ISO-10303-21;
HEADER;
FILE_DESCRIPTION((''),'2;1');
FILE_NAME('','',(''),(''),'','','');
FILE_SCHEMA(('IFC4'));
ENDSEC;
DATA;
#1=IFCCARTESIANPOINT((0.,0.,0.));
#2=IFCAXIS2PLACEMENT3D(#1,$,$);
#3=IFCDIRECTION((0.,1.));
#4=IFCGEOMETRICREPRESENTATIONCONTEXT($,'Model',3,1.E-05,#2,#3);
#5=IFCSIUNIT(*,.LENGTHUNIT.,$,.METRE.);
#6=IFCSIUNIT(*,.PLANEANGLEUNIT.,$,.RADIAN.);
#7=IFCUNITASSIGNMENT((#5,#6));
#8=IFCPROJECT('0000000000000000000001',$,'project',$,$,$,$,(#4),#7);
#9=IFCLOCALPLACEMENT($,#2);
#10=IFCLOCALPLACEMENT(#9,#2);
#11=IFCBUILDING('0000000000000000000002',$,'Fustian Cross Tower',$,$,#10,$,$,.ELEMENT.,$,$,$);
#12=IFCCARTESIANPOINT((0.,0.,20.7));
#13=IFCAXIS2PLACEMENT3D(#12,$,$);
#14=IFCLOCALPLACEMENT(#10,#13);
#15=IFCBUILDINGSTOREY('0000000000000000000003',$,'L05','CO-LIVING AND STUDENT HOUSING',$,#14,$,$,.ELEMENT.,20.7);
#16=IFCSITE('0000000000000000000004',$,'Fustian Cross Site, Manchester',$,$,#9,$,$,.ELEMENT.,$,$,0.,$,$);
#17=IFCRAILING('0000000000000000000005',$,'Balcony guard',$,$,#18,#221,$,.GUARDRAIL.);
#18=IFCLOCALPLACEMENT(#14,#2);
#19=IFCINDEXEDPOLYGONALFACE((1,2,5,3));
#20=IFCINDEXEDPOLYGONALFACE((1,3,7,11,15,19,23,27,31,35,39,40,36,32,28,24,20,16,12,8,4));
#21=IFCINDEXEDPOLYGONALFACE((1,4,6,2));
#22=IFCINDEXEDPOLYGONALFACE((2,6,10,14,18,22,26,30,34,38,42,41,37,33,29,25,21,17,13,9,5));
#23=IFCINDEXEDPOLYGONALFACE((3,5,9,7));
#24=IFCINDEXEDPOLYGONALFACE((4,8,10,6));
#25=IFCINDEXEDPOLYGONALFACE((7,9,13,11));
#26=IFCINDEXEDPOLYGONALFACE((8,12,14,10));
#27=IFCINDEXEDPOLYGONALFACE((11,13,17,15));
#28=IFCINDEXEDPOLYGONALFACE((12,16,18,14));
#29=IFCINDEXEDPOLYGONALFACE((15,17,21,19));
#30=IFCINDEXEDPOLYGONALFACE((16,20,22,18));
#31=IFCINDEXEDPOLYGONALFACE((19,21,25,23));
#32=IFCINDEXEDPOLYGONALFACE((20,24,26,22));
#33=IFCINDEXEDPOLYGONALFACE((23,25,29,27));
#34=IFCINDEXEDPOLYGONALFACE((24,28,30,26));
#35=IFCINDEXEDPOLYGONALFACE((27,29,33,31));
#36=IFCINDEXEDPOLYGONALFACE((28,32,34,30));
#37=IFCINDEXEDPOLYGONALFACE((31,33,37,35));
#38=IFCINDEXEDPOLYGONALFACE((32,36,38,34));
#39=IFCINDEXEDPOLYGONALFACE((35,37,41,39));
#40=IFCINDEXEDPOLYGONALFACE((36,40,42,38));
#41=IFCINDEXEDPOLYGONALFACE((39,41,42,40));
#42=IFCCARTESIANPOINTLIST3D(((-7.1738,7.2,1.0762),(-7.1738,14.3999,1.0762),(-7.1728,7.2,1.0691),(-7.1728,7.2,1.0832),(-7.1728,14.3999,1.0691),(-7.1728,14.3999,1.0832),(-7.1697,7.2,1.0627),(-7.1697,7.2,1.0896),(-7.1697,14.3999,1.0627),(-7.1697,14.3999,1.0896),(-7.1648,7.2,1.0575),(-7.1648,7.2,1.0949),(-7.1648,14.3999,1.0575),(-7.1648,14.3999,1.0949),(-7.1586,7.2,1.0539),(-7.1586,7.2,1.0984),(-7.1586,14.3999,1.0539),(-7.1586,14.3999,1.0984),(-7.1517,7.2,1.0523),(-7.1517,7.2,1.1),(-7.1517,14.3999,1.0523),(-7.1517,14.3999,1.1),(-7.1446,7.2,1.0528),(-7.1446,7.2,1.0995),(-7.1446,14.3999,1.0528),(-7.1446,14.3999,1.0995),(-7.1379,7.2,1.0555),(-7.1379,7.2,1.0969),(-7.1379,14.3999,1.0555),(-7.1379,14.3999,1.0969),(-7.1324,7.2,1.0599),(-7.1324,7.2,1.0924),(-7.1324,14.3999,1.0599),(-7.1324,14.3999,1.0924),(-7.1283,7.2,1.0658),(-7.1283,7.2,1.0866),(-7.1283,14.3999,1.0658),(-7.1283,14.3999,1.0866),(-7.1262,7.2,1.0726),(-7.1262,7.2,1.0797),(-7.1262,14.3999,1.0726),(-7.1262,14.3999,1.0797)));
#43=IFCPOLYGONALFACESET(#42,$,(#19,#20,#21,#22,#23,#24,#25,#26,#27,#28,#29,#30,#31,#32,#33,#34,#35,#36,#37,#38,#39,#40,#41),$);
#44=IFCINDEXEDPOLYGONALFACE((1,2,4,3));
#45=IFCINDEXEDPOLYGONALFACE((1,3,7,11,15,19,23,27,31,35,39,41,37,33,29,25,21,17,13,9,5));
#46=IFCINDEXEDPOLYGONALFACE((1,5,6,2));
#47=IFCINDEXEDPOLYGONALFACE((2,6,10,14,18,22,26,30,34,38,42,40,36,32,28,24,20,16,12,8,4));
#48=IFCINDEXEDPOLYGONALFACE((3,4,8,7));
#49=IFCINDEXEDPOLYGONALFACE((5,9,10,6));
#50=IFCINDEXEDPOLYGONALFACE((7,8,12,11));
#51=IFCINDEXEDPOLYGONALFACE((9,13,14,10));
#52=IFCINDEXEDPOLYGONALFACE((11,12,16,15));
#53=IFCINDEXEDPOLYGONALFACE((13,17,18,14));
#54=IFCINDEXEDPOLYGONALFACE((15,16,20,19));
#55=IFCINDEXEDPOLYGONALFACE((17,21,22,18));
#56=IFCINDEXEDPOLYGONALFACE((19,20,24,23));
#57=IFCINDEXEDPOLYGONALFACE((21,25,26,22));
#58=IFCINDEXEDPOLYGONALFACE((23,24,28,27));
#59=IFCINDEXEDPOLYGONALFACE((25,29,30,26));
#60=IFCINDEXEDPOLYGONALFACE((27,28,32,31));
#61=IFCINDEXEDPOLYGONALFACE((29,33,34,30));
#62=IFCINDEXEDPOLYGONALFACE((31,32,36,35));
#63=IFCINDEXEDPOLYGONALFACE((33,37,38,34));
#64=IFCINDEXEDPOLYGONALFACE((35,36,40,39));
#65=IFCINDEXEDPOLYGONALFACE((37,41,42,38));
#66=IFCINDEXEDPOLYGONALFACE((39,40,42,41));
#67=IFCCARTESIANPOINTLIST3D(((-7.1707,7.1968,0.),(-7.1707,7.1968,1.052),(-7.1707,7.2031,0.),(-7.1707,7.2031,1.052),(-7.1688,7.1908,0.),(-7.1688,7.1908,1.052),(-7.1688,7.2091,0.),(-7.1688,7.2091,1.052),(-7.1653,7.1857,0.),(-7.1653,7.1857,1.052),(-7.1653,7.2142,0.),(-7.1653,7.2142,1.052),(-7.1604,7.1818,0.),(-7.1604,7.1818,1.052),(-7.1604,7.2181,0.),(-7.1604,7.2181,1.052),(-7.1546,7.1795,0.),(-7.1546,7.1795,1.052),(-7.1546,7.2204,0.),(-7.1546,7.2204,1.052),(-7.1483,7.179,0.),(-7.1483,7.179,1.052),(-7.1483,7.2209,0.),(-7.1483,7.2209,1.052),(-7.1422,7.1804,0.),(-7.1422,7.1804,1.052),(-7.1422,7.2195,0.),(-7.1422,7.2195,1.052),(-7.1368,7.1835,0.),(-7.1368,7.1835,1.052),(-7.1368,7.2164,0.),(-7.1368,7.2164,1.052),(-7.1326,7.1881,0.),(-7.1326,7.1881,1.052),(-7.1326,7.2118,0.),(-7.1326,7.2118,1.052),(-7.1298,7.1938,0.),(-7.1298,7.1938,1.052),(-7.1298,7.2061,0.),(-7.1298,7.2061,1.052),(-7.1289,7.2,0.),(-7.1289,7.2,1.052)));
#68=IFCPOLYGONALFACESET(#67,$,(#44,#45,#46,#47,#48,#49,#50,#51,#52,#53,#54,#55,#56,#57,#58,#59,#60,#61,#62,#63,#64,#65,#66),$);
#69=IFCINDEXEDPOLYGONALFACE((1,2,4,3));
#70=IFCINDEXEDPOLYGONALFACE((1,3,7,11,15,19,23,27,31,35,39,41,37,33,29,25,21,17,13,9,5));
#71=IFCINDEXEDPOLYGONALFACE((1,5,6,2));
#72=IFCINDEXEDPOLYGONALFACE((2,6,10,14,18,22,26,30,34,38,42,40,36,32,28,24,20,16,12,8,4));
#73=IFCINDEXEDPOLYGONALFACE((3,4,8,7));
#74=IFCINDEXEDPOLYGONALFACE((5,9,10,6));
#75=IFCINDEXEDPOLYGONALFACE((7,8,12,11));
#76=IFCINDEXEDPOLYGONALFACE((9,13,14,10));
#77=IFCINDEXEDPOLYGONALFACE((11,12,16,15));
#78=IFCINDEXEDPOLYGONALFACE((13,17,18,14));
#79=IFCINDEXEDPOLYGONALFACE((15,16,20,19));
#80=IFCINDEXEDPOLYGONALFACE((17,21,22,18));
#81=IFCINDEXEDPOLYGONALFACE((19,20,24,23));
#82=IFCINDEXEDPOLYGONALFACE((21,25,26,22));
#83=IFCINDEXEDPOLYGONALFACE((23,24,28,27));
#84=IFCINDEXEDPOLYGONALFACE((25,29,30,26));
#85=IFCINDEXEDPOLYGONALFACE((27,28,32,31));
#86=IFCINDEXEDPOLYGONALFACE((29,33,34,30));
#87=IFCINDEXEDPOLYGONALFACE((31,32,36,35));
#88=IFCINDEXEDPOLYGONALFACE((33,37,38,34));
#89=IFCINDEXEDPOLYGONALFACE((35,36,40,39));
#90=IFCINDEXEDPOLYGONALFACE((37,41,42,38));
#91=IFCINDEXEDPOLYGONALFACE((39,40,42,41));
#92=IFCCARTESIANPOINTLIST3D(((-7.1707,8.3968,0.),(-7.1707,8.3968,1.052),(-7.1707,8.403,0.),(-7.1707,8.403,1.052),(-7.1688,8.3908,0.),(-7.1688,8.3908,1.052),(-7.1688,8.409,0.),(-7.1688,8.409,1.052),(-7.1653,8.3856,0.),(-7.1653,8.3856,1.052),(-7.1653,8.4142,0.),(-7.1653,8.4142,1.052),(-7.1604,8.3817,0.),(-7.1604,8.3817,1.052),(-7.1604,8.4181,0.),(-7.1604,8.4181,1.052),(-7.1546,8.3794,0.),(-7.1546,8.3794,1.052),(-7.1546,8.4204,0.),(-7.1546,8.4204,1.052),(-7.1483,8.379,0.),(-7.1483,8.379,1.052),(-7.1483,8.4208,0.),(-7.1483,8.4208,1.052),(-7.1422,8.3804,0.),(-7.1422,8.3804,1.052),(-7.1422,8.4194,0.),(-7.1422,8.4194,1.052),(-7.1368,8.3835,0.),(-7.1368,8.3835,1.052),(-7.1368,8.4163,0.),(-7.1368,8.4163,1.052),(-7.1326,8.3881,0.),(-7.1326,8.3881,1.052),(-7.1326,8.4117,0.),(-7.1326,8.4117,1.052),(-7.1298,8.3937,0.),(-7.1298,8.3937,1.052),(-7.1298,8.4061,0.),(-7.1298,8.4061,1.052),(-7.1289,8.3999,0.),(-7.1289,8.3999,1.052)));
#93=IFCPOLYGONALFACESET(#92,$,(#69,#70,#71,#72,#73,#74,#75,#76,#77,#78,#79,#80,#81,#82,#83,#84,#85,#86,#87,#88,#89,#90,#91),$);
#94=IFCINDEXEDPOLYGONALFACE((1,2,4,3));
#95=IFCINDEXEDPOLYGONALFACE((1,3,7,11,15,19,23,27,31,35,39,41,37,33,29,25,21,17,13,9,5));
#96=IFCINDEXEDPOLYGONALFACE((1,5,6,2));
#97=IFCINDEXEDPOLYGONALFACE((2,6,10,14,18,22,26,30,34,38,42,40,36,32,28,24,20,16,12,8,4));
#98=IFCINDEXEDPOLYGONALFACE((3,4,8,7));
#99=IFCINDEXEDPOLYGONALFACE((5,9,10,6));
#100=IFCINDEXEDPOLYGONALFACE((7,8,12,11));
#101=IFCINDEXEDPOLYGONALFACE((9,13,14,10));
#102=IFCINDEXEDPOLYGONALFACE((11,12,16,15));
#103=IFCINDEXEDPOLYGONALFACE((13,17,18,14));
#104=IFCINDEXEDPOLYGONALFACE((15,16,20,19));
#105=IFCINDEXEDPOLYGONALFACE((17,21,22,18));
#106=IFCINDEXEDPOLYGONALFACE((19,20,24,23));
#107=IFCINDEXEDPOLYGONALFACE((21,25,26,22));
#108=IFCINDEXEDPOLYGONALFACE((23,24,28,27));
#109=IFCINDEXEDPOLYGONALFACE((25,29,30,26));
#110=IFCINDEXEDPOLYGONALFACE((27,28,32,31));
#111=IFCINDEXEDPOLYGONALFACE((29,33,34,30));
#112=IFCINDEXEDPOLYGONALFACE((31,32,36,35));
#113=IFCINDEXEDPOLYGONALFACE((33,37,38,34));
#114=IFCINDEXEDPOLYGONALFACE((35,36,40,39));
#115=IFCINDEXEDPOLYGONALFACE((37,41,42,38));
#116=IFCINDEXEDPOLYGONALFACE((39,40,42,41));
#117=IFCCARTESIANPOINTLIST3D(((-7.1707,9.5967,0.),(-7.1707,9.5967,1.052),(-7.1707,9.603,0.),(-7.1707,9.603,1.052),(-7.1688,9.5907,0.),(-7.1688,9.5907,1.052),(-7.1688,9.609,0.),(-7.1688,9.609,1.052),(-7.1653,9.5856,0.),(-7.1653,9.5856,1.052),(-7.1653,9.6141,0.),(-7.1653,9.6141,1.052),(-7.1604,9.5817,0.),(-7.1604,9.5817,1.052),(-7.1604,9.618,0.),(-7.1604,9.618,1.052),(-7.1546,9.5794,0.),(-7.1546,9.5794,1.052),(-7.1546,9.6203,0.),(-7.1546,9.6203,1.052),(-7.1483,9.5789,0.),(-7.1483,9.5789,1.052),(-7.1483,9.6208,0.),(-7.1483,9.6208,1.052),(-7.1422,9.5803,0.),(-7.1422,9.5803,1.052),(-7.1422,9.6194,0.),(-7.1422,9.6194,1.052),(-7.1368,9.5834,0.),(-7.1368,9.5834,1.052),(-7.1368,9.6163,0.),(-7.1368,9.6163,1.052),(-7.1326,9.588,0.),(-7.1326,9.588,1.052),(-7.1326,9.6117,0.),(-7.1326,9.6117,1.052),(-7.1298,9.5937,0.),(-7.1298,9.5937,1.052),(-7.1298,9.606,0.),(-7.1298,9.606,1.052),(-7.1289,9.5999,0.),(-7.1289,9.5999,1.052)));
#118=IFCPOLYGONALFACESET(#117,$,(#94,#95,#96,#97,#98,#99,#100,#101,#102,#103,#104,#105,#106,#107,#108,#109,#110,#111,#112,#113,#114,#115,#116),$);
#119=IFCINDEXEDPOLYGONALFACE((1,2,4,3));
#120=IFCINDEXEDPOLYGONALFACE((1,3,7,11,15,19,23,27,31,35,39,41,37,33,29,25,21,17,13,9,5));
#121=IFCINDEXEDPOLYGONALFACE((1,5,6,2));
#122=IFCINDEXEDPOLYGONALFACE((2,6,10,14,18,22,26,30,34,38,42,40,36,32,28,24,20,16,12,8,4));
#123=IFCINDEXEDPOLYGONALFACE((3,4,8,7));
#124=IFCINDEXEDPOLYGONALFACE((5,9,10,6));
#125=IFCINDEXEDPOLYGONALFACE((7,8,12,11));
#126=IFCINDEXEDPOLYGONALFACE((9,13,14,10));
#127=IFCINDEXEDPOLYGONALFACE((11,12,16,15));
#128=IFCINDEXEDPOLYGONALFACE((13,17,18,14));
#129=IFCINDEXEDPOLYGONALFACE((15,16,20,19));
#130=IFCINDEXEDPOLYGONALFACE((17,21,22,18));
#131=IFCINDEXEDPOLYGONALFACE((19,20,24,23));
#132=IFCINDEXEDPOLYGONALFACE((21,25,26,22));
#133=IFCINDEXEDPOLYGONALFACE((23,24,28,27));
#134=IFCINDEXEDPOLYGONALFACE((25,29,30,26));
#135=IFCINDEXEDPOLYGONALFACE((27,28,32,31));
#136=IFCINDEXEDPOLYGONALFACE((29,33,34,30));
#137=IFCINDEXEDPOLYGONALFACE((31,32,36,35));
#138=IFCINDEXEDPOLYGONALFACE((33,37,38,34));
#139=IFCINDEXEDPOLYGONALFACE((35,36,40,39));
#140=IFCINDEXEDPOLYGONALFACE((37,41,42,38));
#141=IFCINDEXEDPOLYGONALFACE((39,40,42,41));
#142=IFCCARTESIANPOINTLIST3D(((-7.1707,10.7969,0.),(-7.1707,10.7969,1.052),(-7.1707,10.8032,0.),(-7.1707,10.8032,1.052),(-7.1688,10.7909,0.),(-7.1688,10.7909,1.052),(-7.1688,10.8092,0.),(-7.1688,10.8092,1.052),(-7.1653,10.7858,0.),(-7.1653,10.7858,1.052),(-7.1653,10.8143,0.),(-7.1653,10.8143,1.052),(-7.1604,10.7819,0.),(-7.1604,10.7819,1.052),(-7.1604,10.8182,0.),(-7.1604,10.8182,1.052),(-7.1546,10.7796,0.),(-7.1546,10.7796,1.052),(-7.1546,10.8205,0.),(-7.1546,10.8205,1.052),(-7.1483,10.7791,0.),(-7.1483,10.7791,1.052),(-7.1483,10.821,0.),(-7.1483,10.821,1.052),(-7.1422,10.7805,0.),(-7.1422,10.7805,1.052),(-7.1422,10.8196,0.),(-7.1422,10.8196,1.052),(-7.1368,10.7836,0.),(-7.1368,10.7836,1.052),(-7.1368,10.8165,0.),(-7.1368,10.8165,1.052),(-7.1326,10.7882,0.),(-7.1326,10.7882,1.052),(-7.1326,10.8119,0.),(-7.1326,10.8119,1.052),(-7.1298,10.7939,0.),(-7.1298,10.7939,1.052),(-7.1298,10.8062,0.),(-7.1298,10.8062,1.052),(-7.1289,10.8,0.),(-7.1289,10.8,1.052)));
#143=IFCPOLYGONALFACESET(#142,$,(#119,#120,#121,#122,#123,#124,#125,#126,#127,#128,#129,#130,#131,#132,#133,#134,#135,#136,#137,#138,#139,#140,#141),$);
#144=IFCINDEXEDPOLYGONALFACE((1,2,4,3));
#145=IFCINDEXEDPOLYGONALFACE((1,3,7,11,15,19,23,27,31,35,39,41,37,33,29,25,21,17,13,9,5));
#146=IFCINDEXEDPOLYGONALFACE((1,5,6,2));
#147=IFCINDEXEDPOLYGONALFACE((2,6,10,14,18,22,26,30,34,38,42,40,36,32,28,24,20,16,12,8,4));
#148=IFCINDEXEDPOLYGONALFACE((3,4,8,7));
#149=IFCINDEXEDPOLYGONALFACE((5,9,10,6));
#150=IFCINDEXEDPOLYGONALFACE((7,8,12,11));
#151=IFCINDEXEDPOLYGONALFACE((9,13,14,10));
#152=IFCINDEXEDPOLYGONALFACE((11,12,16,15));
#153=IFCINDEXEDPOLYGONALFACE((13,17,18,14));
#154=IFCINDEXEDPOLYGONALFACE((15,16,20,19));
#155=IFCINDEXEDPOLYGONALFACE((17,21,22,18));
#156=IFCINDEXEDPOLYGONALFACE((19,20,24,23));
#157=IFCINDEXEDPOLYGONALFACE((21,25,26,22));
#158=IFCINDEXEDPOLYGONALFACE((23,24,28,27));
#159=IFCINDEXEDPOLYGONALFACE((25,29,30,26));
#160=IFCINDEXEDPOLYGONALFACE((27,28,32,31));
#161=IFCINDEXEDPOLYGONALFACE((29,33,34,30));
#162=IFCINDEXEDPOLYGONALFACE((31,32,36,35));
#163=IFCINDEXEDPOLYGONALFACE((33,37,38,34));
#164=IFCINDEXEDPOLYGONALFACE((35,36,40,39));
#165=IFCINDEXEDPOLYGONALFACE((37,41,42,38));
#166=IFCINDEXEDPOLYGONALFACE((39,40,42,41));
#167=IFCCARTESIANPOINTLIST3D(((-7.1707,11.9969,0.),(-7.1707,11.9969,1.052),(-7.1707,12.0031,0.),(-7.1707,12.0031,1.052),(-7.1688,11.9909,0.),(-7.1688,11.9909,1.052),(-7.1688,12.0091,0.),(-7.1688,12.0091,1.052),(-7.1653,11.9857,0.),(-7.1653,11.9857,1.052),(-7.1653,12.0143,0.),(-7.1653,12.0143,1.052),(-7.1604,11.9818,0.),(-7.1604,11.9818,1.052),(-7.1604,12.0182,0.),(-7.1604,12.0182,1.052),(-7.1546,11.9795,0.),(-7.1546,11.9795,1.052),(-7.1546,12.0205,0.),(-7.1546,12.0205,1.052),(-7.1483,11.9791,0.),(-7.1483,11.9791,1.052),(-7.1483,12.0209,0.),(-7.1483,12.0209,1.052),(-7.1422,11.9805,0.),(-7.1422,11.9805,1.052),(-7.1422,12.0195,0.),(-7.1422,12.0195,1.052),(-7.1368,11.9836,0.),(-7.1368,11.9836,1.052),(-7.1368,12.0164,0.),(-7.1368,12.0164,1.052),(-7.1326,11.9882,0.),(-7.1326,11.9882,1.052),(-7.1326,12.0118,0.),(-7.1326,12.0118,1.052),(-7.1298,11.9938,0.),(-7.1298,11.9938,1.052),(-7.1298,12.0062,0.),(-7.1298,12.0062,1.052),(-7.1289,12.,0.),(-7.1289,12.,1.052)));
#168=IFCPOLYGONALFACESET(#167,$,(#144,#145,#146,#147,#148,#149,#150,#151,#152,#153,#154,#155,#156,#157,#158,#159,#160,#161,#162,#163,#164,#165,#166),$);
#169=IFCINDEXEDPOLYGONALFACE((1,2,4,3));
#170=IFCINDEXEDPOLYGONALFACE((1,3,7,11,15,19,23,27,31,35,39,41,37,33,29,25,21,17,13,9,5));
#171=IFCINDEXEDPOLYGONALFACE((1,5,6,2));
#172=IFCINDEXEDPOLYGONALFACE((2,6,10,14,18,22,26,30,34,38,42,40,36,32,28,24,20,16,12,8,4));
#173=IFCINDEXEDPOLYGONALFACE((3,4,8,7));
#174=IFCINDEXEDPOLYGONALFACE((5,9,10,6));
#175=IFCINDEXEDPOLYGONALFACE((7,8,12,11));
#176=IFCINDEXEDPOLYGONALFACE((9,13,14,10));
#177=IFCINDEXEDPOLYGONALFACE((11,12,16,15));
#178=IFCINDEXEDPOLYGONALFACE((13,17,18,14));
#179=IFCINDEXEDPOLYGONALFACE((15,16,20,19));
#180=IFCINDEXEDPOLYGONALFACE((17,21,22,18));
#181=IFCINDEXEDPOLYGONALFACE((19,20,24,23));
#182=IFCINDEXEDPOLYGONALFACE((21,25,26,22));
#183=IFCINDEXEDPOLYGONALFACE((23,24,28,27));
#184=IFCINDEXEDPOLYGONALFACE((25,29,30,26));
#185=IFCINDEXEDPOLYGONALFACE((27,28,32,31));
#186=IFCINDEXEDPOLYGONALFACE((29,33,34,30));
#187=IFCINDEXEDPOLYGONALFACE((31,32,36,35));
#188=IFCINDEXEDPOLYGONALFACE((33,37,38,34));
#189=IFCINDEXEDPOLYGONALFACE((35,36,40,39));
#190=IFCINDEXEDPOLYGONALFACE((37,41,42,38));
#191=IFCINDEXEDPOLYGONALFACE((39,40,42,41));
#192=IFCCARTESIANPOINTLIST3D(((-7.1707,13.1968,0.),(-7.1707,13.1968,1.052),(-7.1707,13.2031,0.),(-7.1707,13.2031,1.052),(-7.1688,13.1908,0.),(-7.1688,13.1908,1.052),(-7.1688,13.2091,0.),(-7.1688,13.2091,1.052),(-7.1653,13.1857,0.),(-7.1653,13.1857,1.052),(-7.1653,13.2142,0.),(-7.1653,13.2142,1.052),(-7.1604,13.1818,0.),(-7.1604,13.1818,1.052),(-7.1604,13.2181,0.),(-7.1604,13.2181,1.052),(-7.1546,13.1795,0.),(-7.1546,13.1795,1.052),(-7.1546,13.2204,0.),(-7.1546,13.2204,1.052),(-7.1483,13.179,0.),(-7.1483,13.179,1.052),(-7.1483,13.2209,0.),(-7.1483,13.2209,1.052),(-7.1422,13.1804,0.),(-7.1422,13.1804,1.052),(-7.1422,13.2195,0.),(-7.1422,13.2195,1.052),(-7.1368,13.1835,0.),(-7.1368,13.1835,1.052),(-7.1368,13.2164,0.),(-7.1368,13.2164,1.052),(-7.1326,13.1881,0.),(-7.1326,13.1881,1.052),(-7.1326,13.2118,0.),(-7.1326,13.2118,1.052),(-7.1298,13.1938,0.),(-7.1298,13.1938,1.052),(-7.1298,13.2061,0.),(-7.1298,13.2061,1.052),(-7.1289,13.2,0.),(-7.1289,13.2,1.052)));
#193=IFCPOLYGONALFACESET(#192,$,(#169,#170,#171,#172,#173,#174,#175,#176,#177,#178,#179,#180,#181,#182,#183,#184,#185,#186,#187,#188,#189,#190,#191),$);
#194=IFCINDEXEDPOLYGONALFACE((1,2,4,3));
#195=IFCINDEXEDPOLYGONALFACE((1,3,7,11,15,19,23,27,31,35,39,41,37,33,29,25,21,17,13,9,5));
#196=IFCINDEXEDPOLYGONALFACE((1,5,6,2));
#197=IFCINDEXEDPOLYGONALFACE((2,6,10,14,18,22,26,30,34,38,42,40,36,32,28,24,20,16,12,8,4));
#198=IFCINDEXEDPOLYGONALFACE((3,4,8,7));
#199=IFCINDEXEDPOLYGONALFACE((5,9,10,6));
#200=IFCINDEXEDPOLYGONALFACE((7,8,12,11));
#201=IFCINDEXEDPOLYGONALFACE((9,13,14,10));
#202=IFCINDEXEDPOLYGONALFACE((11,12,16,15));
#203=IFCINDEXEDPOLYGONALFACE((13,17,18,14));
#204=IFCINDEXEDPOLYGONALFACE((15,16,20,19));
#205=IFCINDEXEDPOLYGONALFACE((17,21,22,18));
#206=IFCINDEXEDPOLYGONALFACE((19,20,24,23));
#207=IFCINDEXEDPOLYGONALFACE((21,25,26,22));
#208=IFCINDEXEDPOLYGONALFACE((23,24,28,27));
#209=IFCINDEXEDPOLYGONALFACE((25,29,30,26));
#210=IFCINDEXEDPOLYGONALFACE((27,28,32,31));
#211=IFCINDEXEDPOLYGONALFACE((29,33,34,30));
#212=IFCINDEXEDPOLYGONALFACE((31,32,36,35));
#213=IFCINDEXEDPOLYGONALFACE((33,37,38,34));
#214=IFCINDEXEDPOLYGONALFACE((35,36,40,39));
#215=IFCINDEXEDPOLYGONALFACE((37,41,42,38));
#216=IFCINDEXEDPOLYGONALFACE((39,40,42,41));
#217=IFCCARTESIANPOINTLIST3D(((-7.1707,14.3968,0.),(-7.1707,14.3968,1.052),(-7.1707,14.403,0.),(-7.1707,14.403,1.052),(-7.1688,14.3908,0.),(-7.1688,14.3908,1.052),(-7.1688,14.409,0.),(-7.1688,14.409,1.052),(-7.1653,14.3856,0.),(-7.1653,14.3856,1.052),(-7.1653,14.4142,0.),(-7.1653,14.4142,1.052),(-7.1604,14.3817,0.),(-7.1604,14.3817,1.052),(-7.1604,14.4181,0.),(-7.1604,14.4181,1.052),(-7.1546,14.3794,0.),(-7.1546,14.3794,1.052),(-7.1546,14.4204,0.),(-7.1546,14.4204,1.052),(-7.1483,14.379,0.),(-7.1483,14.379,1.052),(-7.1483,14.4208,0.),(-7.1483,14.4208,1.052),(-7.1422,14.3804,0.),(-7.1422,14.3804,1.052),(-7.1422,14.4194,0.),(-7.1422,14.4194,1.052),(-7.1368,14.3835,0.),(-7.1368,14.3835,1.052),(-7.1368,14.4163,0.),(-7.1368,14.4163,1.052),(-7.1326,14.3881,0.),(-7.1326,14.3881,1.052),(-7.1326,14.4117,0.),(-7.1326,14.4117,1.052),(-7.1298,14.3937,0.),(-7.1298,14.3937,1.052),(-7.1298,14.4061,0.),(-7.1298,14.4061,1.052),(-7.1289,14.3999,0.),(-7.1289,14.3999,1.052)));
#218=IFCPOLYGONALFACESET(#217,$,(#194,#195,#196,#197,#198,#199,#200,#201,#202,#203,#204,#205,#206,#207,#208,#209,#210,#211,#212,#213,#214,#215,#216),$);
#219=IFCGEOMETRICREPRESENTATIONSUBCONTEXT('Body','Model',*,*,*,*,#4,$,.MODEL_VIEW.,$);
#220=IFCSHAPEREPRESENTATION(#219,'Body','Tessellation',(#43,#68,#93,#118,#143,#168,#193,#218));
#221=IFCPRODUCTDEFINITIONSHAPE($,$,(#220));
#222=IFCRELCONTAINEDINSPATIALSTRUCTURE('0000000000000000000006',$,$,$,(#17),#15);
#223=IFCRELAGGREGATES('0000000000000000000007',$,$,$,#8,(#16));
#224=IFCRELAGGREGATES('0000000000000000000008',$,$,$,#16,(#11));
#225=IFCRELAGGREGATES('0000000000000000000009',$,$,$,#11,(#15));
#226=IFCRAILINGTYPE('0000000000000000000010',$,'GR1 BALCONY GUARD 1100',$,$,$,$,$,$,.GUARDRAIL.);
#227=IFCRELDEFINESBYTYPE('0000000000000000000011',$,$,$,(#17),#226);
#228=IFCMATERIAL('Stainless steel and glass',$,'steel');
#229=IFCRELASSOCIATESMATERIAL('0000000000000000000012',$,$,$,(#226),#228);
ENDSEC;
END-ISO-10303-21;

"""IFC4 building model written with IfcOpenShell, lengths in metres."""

from ifc_helpers import new_model, si_unit, direction, frame, origin, origin_2d, place, context, subcontext, project, spatial, circle, extrude, material, type_object, element, save


model = new_model("IFC4")

# Units and contexts
model_context = context("Model", 3, precision=1e-05, world=origin(), true_north=direction((0.0, 1.0)))
body_context = subcontext(model_context, "Body", "Model", "MODEL_VIEW")
ifc_project = project(units=[si_unit("LENGTHUNIT", "METRE"), si_unit("PLANEANGLEUNIT", "RADIAN")], contexts=[model_context])

# Site, building, storey
site_placement = place(None, origin())
site = spatial("IfcSite", under=ifc_project, at=site_placement, Name="Fustian Cross Site, Manchester", CompositionType="ELEMENT", RefElevation=0.0)
building_placement = place(site_placement, origin())
building = spatial("IfcBuilding", under=site, at=building_placement, Name="Fustian Cross Tower", CompositionType="ELEMENT")
storey_placement = place(building_placement, frame((0.0, 0.0, 20.7)))
storey = spatial("IfcBuildingStorey", under=building, at=storey_placement, Name="L05", Description="CO-LIVING AND STUDENT HOUSING", CompositionType="ELEMENT", Elevation=20.7)

# Railing
ifc_material_1 = material(Name="Stainless steel and glass", Category="steel")
railing_type = type_object("IfcRailingType", Name="GR1 BALCONY GUARD 1100", PredefinedType="GUARDRAIL", material=ifc_material_1)
railing_placement = place(storey_placement, frame((-7.1499, 7.2, 0.0)))
element("IfcRailing", 1, at=railing_placement, inside=storey, type_object=railing_type, Name="Balcony guard", PredefinedType="GUARDRAIL", context=body_context, shape_type="SweptSolid", body=[
    extrude(circle(Radius=0.0239, at=origin_2d()), frame((0.0, 0.0, 1.0762), z_axis=(0.0, 1.0, 0.0), x_axis=(-1.0, 0.0, 0.0)), (0.0, 0.0, 1.0), 7.2),
    extrude(circle(Radius=0.021, at=origin_2d()), origin(), (0.0, 0.0, 1.0), 1.052),
    extrude(circle(Radius=0.021, at=origin_2d()), frame((0.0, 1.2, 0.0)), (0.0, 0.0, 1.0), 1.052),
    extrude(circle(Radius=0.021, at=origin_2d()), frame((0.0, 2.3999, 0.0)), (0.0, 0.0, 1.0), 1.052),
    extrude(circle(Radius=0.021, at=origin_2d()), frame((0.0, 3.6001, 0.0)), (0.0, 0.0, 1.0), 1.052),
    extrude(circle(Radius=0.021, at=origin_2d()), frame((0.0, 4.8, 0.0)), (0.0, 0.0, 1.0), 1.052),
    extrude(circle(Radius=0.021, at=origin_2d()), frame((0.0, 6.0, 0.0)), (0.0, 0.0, 1.0), 1.052),
    extrude(circle(Radius=0.021, at=origin_2d()), frame((0.0, 7.2, 0.0)), (0.0, 0.0, 1.0), 1.052),
])

save(model, "model.ifc")
